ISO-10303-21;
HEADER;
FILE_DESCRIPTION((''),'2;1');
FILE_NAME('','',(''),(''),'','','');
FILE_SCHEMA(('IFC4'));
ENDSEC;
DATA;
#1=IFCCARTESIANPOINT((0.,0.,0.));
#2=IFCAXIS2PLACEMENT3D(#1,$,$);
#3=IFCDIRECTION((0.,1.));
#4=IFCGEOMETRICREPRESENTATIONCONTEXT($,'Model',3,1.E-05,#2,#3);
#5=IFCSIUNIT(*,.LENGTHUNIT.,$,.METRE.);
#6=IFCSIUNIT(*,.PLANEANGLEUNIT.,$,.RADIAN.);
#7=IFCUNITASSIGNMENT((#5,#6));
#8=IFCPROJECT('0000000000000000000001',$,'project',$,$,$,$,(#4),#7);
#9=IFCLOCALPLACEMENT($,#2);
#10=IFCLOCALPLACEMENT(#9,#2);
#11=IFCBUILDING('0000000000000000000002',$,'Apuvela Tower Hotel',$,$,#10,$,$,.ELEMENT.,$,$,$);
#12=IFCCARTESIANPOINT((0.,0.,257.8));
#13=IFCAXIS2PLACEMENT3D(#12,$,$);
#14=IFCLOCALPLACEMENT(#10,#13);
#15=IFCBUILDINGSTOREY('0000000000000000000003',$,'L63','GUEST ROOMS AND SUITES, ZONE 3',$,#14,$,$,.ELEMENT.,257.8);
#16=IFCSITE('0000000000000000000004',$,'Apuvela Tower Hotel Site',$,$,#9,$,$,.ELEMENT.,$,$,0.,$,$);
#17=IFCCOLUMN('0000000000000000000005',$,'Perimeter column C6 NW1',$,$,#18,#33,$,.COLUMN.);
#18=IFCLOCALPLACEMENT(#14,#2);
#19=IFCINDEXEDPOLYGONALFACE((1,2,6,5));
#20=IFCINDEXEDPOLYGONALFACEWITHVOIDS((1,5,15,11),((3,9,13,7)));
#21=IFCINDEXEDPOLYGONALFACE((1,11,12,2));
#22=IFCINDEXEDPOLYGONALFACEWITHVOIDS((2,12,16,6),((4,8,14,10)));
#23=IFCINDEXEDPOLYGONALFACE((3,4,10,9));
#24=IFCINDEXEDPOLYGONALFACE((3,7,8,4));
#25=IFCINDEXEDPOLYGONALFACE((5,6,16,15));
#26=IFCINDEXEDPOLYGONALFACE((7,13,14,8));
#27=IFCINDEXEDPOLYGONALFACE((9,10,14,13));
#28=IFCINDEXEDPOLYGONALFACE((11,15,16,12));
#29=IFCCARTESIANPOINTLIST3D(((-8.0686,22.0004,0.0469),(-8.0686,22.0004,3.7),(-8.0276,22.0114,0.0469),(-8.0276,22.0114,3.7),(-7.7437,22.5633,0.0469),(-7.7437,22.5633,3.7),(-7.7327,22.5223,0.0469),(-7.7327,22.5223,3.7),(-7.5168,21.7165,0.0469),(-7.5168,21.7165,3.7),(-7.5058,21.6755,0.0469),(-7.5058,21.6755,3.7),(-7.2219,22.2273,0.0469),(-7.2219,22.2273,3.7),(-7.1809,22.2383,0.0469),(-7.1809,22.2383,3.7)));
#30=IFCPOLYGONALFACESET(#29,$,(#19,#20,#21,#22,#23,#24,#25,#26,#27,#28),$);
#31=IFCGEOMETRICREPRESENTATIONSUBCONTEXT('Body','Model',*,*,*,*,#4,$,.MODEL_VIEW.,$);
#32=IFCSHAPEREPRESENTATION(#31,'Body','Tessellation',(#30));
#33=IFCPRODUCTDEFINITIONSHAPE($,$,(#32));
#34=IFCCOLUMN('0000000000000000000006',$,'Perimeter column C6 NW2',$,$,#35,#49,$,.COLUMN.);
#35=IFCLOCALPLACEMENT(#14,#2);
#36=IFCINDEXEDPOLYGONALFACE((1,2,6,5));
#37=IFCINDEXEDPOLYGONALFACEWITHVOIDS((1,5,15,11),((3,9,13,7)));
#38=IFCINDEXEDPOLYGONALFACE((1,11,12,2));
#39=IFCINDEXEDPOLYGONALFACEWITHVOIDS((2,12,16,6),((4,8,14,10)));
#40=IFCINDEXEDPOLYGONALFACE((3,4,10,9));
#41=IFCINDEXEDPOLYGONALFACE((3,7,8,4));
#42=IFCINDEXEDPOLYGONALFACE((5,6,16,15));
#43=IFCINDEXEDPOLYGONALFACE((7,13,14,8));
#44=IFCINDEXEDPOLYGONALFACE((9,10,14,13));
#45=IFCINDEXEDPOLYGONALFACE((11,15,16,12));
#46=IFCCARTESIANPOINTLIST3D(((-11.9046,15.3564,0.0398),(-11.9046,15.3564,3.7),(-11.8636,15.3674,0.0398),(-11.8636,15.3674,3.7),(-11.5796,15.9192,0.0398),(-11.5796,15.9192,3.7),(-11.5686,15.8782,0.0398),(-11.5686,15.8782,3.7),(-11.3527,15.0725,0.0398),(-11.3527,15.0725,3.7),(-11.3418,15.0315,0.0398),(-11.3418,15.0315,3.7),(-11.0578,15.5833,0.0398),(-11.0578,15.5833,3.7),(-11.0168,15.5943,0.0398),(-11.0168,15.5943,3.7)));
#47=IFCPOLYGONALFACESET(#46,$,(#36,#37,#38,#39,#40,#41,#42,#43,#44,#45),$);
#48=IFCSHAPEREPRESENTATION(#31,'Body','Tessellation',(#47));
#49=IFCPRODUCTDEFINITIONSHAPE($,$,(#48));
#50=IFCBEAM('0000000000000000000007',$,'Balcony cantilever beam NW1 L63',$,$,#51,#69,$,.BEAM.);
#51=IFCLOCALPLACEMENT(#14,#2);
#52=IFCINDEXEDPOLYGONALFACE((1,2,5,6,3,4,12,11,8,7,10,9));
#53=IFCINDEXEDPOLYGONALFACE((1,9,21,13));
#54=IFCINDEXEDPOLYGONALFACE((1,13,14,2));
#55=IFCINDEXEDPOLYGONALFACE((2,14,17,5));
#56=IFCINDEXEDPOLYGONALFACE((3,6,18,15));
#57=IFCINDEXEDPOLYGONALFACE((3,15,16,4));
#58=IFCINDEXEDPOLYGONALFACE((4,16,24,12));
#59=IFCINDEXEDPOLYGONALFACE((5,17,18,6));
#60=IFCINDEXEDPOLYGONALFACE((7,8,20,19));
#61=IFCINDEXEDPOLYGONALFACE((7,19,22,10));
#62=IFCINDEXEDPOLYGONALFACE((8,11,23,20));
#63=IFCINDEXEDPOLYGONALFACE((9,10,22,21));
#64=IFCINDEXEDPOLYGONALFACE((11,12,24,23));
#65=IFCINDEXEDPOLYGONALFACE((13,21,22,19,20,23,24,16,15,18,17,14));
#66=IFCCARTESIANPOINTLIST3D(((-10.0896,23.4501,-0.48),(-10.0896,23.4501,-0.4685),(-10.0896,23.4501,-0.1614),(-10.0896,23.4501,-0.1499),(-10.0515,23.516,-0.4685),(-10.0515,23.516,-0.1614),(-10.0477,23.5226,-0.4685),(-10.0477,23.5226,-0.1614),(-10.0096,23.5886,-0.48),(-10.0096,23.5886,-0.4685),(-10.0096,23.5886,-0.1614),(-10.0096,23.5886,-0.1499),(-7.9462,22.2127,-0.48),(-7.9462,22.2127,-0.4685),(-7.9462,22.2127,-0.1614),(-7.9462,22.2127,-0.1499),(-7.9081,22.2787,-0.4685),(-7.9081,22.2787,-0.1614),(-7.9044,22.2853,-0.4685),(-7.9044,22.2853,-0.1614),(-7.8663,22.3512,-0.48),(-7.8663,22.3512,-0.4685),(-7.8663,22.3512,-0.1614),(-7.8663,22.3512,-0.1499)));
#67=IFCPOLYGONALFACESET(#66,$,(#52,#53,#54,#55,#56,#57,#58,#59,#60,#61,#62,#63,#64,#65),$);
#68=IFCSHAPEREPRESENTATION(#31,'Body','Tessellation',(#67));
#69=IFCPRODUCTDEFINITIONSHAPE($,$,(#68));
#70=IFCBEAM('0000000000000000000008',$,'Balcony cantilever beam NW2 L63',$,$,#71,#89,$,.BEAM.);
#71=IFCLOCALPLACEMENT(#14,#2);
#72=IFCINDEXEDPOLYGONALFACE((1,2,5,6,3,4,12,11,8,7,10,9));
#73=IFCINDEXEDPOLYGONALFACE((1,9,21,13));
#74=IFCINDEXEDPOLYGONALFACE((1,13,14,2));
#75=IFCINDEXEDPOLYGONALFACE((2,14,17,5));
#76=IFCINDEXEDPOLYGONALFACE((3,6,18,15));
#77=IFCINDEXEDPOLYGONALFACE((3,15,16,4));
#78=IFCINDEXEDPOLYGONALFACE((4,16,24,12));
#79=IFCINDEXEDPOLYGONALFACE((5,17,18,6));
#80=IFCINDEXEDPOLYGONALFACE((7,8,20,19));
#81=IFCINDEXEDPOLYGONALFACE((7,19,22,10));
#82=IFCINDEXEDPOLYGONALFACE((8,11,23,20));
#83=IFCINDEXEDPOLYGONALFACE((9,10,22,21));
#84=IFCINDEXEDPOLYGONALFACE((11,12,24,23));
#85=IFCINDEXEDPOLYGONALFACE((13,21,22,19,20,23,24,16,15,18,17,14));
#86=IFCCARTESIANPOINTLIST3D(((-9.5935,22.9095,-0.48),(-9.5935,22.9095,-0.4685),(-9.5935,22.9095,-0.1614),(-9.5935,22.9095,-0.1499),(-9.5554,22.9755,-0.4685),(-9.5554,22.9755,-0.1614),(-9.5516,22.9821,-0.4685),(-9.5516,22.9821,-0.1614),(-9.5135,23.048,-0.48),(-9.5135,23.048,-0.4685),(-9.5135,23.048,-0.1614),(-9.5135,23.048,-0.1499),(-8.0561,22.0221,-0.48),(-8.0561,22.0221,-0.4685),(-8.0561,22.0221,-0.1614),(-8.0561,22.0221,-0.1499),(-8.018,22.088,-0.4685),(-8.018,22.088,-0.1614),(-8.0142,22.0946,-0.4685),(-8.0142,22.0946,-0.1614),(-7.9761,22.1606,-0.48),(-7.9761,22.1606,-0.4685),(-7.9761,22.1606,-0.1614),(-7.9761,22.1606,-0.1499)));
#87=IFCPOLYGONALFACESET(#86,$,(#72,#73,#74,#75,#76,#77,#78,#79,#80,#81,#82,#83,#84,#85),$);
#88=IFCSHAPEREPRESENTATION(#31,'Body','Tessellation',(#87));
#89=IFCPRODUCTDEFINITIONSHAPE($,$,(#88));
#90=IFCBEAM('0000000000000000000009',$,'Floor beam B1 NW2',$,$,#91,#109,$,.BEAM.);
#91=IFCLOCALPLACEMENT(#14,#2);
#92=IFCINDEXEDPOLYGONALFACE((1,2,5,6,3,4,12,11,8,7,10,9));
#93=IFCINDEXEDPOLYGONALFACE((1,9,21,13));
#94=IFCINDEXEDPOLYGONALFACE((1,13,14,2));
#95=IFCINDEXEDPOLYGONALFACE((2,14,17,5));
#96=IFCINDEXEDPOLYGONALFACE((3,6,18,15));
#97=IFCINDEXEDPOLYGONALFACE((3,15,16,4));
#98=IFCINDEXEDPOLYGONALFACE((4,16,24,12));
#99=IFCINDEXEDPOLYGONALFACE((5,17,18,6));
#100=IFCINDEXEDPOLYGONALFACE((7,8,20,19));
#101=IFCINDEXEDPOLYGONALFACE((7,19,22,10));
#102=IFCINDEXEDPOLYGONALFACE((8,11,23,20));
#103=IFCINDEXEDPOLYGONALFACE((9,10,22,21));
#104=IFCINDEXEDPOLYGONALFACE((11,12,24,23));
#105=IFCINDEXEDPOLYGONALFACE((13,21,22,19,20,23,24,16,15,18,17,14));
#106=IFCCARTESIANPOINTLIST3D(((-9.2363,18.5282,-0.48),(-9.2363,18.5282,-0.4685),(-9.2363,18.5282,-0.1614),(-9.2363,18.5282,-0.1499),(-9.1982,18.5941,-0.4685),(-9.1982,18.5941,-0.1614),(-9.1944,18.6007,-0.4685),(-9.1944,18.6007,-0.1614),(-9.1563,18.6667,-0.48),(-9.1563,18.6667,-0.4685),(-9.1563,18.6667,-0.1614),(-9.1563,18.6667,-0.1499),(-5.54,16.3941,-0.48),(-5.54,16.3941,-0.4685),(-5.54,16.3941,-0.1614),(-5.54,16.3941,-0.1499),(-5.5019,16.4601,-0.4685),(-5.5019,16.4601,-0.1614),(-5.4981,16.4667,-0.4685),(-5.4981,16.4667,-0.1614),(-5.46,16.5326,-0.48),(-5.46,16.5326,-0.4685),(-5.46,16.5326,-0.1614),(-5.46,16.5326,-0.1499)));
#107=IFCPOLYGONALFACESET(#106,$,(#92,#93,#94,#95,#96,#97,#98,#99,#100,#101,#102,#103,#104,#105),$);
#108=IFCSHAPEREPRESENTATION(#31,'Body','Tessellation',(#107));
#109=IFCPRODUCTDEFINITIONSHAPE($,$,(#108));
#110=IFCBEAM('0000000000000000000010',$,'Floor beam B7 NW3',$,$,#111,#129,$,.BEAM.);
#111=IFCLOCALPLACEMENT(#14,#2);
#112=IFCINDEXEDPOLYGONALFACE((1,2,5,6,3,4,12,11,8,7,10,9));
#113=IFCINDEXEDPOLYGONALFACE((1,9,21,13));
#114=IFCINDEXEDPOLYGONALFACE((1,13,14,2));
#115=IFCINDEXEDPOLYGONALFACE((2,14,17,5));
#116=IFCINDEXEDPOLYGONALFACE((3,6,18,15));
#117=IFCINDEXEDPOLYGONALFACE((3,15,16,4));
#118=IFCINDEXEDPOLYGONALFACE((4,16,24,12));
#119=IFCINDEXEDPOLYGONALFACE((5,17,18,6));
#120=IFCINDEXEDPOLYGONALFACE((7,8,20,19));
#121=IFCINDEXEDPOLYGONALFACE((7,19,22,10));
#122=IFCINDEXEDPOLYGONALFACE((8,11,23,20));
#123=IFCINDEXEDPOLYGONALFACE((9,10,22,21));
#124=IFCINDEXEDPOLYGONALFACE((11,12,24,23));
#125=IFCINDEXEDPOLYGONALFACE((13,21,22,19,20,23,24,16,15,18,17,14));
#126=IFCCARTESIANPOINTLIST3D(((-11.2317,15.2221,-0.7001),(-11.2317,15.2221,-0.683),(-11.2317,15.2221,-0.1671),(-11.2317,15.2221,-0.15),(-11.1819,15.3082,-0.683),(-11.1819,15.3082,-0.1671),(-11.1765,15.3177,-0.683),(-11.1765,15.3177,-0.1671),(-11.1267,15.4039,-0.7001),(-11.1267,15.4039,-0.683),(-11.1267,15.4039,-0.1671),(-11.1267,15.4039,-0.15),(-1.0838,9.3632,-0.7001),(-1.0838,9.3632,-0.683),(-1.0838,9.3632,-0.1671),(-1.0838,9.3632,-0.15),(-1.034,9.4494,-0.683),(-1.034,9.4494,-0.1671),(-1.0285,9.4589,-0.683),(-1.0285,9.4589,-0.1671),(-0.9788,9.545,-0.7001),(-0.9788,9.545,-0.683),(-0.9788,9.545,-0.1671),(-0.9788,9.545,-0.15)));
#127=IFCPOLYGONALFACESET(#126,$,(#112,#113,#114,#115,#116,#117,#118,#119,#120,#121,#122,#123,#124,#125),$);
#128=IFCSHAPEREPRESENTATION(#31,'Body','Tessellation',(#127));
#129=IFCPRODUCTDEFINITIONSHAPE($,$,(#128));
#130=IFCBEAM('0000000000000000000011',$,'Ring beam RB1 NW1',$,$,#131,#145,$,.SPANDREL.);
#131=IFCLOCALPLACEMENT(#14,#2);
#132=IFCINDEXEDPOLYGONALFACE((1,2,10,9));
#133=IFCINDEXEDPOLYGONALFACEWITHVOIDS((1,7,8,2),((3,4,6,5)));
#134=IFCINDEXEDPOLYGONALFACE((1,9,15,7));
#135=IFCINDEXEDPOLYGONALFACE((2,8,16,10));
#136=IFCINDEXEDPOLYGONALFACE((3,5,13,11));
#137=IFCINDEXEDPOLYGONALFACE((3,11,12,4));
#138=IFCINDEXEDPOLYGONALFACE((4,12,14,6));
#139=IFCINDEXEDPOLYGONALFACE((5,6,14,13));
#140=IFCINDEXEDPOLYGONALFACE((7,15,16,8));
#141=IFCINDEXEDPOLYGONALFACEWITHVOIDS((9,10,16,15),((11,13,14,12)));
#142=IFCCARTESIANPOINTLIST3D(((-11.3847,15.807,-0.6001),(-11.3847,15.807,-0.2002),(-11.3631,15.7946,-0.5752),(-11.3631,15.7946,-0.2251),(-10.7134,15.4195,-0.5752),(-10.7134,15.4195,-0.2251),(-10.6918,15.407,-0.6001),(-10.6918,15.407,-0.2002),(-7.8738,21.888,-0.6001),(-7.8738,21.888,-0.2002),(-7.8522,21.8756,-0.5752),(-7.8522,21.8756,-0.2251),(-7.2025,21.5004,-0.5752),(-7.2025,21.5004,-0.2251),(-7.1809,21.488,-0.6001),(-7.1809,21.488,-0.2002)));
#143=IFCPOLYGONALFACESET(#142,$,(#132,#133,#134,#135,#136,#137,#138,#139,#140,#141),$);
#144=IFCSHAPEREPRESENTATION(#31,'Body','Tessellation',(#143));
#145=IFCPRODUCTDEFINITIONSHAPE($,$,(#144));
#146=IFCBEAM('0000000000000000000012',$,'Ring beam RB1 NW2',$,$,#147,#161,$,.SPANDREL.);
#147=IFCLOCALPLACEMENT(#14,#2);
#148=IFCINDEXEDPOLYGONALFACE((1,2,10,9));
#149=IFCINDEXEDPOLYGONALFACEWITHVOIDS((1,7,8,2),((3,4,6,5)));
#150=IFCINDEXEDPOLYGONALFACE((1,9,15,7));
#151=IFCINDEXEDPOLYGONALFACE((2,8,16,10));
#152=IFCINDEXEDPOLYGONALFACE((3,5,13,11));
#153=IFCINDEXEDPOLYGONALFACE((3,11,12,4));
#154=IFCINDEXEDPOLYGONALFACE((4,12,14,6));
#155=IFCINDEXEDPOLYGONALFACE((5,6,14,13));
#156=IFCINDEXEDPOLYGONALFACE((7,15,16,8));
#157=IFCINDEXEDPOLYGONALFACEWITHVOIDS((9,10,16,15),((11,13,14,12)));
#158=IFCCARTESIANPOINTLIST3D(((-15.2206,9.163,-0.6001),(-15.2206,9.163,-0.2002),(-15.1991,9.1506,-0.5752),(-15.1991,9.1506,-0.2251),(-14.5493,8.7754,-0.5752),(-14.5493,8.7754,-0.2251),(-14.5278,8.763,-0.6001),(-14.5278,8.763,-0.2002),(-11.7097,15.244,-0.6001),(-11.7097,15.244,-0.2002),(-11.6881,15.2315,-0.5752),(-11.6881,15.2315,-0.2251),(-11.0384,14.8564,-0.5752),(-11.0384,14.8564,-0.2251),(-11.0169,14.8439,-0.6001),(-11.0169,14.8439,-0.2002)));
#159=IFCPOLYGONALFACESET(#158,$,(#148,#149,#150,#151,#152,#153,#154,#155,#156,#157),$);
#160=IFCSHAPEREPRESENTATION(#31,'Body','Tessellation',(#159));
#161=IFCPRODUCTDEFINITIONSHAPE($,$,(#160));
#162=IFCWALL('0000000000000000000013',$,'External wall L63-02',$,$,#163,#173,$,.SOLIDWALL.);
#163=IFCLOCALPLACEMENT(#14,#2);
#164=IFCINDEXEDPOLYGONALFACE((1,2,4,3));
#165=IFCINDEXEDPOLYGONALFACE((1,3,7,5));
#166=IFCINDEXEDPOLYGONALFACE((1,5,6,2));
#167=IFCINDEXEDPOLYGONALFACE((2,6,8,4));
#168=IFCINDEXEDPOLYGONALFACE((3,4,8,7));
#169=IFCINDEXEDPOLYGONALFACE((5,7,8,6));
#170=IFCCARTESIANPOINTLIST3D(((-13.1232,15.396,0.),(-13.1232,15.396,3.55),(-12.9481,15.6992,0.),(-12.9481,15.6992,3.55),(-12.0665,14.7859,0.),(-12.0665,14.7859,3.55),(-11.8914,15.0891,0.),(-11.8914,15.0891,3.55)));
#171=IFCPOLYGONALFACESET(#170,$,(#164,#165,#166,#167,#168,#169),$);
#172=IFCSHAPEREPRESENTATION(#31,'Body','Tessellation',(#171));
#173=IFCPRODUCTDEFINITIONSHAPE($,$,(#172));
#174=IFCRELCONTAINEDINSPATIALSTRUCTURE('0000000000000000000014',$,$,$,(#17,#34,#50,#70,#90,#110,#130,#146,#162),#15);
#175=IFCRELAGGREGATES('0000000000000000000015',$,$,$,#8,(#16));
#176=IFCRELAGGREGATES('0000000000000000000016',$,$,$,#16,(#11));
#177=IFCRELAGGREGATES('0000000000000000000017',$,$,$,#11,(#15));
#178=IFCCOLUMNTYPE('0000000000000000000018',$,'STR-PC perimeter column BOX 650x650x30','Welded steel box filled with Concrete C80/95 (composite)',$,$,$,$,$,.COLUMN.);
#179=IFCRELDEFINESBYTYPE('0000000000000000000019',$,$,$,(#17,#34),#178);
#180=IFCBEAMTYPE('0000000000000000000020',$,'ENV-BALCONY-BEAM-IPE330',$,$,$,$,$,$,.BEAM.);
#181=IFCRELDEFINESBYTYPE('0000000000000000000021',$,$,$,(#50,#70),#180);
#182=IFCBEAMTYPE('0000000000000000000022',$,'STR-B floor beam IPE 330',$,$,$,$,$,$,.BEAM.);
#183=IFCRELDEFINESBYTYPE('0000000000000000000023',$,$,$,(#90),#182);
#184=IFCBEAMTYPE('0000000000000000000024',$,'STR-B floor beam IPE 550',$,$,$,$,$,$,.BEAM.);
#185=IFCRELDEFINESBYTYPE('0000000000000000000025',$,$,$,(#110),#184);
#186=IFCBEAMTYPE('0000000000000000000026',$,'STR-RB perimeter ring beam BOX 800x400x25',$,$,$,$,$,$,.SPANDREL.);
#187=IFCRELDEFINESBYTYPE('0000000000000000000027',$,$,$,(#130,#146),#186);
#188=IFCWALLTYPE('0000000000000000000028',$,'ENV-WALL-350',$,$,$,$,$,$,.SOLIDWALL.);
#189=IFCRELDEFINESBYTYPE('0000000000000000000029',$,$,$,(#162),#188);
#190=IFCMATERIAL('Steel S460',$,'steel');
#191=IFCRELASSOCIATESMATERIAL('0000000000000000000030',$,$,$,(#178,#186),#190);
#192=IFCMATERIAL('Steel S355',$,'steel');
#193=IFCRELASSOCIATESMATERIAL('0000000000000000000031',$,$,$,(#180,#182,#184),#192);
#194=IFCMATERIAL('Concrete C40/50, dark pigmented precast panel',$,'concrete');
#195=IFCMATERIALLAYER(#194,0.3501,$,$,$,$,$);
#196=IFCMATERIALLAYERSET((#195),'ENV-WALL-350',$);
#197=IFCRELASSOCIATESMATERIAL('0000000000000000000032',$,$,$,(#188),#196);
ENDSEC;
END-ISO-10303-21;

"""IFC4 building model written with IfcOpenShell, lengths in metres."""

from ifc_helpers import new_model, si_unit, direction, frame, frame_2d, origin, origin_2d, place, context, subcontext, project, spatial, rectangle, hollow_rectangle, i_section, extrude, boolean, halfspace, material, layer, layer_set, material_profile, profile_set, type_object, element, save


model = new_model("IFC4")

# Units and contexts
model_context = context("Model", 3, precision=1e-05, world=origin(), true_north=direction((0.0, 1.0)))
body_context = subcontext(model_context, "Body", "Model", "MODEL_VIEW")
ifc_project = project(units=[si_unit("LENGTHUNIT", "METRE"), si_unit("PLANEANGLEUNIT", "RADIAN")], contexts=[model_context])

# Site, building, storey
site_placement = place(None, origin())
site = spatial("IfcSite", under=ifc_project, at=site_placement, Name="Apuvela Tower Hotel Site", CompositionType="ELEMENT", RefElevation=0.0)
building_placement = place(site_placement, origin())
building = spatial("IfcBuilding", under=site, at=building_placement, Name="Apuvela Tower Hotel", CompositionType="ELEMENT")
storey_placement = place(building_placement, frame((0.0, 0.0, 257.8)))
storey = spatial("IfcBuildingStorey", under=building, at=storey_placement, Name="L63", Description="GUEST ROOMS AND SUITES, ZONE 3", CompositionType="ELEMENT", Elevation=257.8)

# Columns
ifc_material_1 = material(Name="Steel S460", Category="steel")
ifc_material_profile_1 = material_profile(ifc_material_1, hollow_rectangle(XDim=0.6499, YDim=0.6499, WallThickness=0.03, at=origin_2d()), Name="BOX 650x650x30")
ifc_material_2 = material(Name="Concrete C80/95", Category="concrete")
ifc_material_profile_2 = material_profile(ifc_material_2, rectangle(XDim=0.5901, YDim=0.5901, at=origin_2d()), Name="Concrete C80/95 infill")
ifc_profile_set_1 = profile_set([ifc_material_profile_1, ifc_material_profile_2], Name="Steel S460")
column_type = type_object("IfcColumnType", Name="STR-PC perimeter column BOX 650x650x30", Description="Welded steel box filled with Concrete C80/95 (composite)", PredefinedType="COLUMN", material=ifc_profile_set_1)
column_1_placement = place(storey_placement, frame((-7.6248, 22.1194, 0.0), z_axis=(0.0, 0.0, 1.0), x_axis=(0.5, 0.866025, 0.0)))
element("IfcColumn", 1, at=column_1_placement, inside=storey, type_object=column_type, Name="Perimeter column C6 NW1", PredefinedType="COLUMN", context=body_context, shape_type="SweptSolid", body=[
    boolean("DIFFERENCE", extrude(hollow_rectangle(XDim=0.6499, YDim=0.6499, WallThickness=0.03, at=origin_2d()), origin(), (0.0, 0.0, 1.0), 3.7), halfspace(frame((0.0, 0.0, 0.0469), z_axis=(0.0, 0.0, 1.0), x_axis=(1.0, 0.0, 0.0)), True)),
])
column_2_placement = place(storey_placement, frame((-11.4607, 15.4753, 0.0), z_axis=(0.0, 0.0, 1.0), x_axis=(0.5, 0.866025, 0.0)))
element("IfcColumn", 2, at=column_2_placement, inside=storey, type_object=column_type, Name="Perimeter column C6 NW2", PredefinedType="COLUMN", context=body_context, shape_type="SweptSolid", body=[
    boolean("DIFFERENCE", extrude(hollow_rectangle(XDim=0.6499, YDim=0.6499, WallThickness=0.03, at=origin_2d()), origin(), (0.0, 0.0, 1.0), 3.7), halfspace(frame((0.0, 0.0, 0.0398), z_axis=(0.0, 0.0, 1.0), x_axis=(1.0, 0.0, 0.0)), True)),
])

# Beams
ifc_material_3 = material(Name="Steel S355", Category="steel")
ifc_material_profile_3 = material_profile(ifc_material_3, i_section(OverallWidth=0.1599, OverallDepth=0.3301, WebThickness=0.0076, FlangeThickness=0.0115, at=origin_2d()), Name="IPE 330")
ifc_profile_set_2 = profile_set([ifc_material_profile_3], Name="Steel S355")
beam_type_1 = type_object("IfcBeamType", Name="ENV-BALCONY-BEAM-IPE330", PredefinedType="BEAM", material=ifc_profile_set_2)
beam_1_placement = place(storey_placement, frame((-7.9062, 22.282, -0.3149), z_axis=(-0.866049, 0.499959, 0.0), x_axis=(-0.499959, -0.866049, 0.0)))
element("IfcBeam", 3, at=beam_1_placement, inside=storey, type_object=beam_type_1, Name="Balcony cantilever beam NW1 L63", PredefinedType="BEAM", context=body_context, shape_type="SweptSolid", body=[
    extrude(i_section(OverallWidth=0.1599, OverallDepth=0.3301, WebThickness=0.0076, FlangeThickness=0.0115, at=origin_2d()), origin(), (0.0, 0.0, 1.0), 2.4749),
])
beam_2_placement = place(storey_placement, frame((-8.0161, 22.0913, -0.3149), z_axis=(-0.86606, 0.499941, 0.0), x_axis=(-0.499941, -0.86606, 0.0)))
element("IfcBeam", 4, at=beam_2_placement, inside=storey, type_object=beam_type_1, Name="Balcony cantilever beam NW2 L63", PredefinedType="BEAM", context=body_context, shape_type="SweptSolid", body=[
    extrude(i_section(OverallWidth=0.1599, OverallDepth=0.3301, WebThickness=0.0076, FlangeThickness=0.0115, at=origin_2d()), origin(), (0.0, 0.0, 1.0), 1.7751),
])
ifc_material_profile_4 = material_profile(ifc_material_3, i_section(OverallWidth=0.1599, OverallDepth=0.3301, WebThickness=0.0076, FlangeThickness=0.0115, at=origin_2d()), Name="IPE 330")
ifc_profile_set_3 = profile_set([ifc_material_profile_4], Name="Steel S355")
beam_type_2 = type_object("IfcBeamType", Name="STR-B floor beam IPE 330", PredefinedType="BEAM", material=ifc_profile_set_3)
beam_3_placement = place(storey_placement, frame((-9.1963, 18.5974, -0.3149), z_axis=(0.866027, -0.499996, 0.0), x_axis=(0.499996, 0.866027, 0.0)))
element("IfcBeam", 5, at=beam_3_placement, inside=storey, type_object=beam_type_2, Name="Floor beam B1 NW2", PredefinedType="BEAM", context=body_context, shape_type="SweptSolid", body=[
    extrude(i_section(OverallWidth=0.1599, OverallDepth=0.3301, WebThickness=0.0076, FlangeThickness=0.0115, at=origin_2d()), origin(), (0.0, 0.0, 1.0), 4.2681),
])
ifc_material_profile_5 = material_profile(ifc_material_3, i_section(OverallWidth=0.21, OverallDepth=0.55, WebThickness=0.011, FlangeThickness=0.0171, at=origin_2d()), Name="IPE 550")
ifc_profile_set_4 = profile_set([ifc_material_profile_5], Name="Steel S355")
beam_type_3 = type_object("IfcBeamType", Name="STR-B floor beam IPE 550", PredefinedType="BEAM", material=ifc_profile_set_4)
beam_4_placement = place(storey_placement, frame((-11.1792, 15.313, -0.425), z_axis=(0.866027, -0.499998, 0.0), x_axis=(0.499998, 0.866027, 0.0)))
element("IfcBeam", 6, at=beam_4_placement, inside=storey, type_object=beam_type_3, Name="Floor beam B7 NW3", PredefinedType="BEAM", context=body_context, shape_type="SweptSolid", body=[
    extrude(i_section(OverallWidth=0.21, OverallDepth=0.55, WebThickness=0.011, FlangeThickness=0.0171, at=origin_2d()), origin(), (0.0, 0.0, 1.0), 11.7178),
])
ifc_material_profile_6 = material_profile(ifc_material_1, hollow_rectangle(XDim=0.8, YDim=0.3999, WallThickness=0.0249, at=origin_2d()), Name="BOX 800x400x25")
ifc_profile_set_5 = profile_set([ifc_material_profile_6], Name="Steel S460")
beam_type_4 = type_object("IfcBeamType", Name="STR-RB perimeter ring beam BOX 800x400x25", PredefinedType="SPANDREL", material=ifc_profile_set_5)
for number, where, z_axis, x_axis, name in (
    (7, (-7.5273, 21.688, -0.4001), (-0.500009, -0.86602, 0.0), (0.86602, -0.500009, 0.0), "Ring beam RB1 NW1"),
    (8, (-11.3633, 15.0439, -0.4001), (-0.500009, -0.86602, 0.0), (0.86602, -0.500009, 0.0), "Ring beam RB1 NW2"),
):
    element("IfcBeam", number, at=place(storey_placement, frame(where, z_axis=z_axis, x_axis=x_axis)), inside=storey, type_object=beam_type_4, Name=name, PredefinedType="SPANDREL", context=body_context, shape_type="SweptSolid", body=[
        extrude(hollow_rectangle(XDim=0.8, YDim=0.3999, WallThickness=0.0249, at=origin_2d()), origin(), (0.0, 0.0, 1.0), 7.0217),
    ])

# Wall
ifc_material_4 = material(Name="Concrete C40/50, dark pigmented precast panel", Category="concrete")
ifc_layer_1 = layer(ifc_material_4, 0.3501)
ifc_layer_set_1 = layer_set([ifc_layer_1], Name="ENV-WALL-350")
wall_type_1 = type_object("IfcWallType", Name="ENV-WALL-350", PredefinedType="SOLIDWALL", material=ifc_layer_set_1)
wall_1_placement = place(storey_placement, frame((-13.0356, 15.5476, 0.0), z_axis=(0.0, 0.0, 1.0), x_axis=(0.866006, -0.500034, 0.0)))
element("IfcWall", 9, at=wall_1_placement, inside=storey, type_object=wall_type_1, Name="External wall L63-02", PredefinedType="SOLIDWALL", context=body_context, shape_type="SweptSolid", body=[
    extrude(rectangle(XDim=1.2202, YDim=0.3501, at=frame_2d((0.6101, 0.0))), origin(), (0.0, 0.0, 1.0), 3.55),
])

save(model, "model.ifc")
